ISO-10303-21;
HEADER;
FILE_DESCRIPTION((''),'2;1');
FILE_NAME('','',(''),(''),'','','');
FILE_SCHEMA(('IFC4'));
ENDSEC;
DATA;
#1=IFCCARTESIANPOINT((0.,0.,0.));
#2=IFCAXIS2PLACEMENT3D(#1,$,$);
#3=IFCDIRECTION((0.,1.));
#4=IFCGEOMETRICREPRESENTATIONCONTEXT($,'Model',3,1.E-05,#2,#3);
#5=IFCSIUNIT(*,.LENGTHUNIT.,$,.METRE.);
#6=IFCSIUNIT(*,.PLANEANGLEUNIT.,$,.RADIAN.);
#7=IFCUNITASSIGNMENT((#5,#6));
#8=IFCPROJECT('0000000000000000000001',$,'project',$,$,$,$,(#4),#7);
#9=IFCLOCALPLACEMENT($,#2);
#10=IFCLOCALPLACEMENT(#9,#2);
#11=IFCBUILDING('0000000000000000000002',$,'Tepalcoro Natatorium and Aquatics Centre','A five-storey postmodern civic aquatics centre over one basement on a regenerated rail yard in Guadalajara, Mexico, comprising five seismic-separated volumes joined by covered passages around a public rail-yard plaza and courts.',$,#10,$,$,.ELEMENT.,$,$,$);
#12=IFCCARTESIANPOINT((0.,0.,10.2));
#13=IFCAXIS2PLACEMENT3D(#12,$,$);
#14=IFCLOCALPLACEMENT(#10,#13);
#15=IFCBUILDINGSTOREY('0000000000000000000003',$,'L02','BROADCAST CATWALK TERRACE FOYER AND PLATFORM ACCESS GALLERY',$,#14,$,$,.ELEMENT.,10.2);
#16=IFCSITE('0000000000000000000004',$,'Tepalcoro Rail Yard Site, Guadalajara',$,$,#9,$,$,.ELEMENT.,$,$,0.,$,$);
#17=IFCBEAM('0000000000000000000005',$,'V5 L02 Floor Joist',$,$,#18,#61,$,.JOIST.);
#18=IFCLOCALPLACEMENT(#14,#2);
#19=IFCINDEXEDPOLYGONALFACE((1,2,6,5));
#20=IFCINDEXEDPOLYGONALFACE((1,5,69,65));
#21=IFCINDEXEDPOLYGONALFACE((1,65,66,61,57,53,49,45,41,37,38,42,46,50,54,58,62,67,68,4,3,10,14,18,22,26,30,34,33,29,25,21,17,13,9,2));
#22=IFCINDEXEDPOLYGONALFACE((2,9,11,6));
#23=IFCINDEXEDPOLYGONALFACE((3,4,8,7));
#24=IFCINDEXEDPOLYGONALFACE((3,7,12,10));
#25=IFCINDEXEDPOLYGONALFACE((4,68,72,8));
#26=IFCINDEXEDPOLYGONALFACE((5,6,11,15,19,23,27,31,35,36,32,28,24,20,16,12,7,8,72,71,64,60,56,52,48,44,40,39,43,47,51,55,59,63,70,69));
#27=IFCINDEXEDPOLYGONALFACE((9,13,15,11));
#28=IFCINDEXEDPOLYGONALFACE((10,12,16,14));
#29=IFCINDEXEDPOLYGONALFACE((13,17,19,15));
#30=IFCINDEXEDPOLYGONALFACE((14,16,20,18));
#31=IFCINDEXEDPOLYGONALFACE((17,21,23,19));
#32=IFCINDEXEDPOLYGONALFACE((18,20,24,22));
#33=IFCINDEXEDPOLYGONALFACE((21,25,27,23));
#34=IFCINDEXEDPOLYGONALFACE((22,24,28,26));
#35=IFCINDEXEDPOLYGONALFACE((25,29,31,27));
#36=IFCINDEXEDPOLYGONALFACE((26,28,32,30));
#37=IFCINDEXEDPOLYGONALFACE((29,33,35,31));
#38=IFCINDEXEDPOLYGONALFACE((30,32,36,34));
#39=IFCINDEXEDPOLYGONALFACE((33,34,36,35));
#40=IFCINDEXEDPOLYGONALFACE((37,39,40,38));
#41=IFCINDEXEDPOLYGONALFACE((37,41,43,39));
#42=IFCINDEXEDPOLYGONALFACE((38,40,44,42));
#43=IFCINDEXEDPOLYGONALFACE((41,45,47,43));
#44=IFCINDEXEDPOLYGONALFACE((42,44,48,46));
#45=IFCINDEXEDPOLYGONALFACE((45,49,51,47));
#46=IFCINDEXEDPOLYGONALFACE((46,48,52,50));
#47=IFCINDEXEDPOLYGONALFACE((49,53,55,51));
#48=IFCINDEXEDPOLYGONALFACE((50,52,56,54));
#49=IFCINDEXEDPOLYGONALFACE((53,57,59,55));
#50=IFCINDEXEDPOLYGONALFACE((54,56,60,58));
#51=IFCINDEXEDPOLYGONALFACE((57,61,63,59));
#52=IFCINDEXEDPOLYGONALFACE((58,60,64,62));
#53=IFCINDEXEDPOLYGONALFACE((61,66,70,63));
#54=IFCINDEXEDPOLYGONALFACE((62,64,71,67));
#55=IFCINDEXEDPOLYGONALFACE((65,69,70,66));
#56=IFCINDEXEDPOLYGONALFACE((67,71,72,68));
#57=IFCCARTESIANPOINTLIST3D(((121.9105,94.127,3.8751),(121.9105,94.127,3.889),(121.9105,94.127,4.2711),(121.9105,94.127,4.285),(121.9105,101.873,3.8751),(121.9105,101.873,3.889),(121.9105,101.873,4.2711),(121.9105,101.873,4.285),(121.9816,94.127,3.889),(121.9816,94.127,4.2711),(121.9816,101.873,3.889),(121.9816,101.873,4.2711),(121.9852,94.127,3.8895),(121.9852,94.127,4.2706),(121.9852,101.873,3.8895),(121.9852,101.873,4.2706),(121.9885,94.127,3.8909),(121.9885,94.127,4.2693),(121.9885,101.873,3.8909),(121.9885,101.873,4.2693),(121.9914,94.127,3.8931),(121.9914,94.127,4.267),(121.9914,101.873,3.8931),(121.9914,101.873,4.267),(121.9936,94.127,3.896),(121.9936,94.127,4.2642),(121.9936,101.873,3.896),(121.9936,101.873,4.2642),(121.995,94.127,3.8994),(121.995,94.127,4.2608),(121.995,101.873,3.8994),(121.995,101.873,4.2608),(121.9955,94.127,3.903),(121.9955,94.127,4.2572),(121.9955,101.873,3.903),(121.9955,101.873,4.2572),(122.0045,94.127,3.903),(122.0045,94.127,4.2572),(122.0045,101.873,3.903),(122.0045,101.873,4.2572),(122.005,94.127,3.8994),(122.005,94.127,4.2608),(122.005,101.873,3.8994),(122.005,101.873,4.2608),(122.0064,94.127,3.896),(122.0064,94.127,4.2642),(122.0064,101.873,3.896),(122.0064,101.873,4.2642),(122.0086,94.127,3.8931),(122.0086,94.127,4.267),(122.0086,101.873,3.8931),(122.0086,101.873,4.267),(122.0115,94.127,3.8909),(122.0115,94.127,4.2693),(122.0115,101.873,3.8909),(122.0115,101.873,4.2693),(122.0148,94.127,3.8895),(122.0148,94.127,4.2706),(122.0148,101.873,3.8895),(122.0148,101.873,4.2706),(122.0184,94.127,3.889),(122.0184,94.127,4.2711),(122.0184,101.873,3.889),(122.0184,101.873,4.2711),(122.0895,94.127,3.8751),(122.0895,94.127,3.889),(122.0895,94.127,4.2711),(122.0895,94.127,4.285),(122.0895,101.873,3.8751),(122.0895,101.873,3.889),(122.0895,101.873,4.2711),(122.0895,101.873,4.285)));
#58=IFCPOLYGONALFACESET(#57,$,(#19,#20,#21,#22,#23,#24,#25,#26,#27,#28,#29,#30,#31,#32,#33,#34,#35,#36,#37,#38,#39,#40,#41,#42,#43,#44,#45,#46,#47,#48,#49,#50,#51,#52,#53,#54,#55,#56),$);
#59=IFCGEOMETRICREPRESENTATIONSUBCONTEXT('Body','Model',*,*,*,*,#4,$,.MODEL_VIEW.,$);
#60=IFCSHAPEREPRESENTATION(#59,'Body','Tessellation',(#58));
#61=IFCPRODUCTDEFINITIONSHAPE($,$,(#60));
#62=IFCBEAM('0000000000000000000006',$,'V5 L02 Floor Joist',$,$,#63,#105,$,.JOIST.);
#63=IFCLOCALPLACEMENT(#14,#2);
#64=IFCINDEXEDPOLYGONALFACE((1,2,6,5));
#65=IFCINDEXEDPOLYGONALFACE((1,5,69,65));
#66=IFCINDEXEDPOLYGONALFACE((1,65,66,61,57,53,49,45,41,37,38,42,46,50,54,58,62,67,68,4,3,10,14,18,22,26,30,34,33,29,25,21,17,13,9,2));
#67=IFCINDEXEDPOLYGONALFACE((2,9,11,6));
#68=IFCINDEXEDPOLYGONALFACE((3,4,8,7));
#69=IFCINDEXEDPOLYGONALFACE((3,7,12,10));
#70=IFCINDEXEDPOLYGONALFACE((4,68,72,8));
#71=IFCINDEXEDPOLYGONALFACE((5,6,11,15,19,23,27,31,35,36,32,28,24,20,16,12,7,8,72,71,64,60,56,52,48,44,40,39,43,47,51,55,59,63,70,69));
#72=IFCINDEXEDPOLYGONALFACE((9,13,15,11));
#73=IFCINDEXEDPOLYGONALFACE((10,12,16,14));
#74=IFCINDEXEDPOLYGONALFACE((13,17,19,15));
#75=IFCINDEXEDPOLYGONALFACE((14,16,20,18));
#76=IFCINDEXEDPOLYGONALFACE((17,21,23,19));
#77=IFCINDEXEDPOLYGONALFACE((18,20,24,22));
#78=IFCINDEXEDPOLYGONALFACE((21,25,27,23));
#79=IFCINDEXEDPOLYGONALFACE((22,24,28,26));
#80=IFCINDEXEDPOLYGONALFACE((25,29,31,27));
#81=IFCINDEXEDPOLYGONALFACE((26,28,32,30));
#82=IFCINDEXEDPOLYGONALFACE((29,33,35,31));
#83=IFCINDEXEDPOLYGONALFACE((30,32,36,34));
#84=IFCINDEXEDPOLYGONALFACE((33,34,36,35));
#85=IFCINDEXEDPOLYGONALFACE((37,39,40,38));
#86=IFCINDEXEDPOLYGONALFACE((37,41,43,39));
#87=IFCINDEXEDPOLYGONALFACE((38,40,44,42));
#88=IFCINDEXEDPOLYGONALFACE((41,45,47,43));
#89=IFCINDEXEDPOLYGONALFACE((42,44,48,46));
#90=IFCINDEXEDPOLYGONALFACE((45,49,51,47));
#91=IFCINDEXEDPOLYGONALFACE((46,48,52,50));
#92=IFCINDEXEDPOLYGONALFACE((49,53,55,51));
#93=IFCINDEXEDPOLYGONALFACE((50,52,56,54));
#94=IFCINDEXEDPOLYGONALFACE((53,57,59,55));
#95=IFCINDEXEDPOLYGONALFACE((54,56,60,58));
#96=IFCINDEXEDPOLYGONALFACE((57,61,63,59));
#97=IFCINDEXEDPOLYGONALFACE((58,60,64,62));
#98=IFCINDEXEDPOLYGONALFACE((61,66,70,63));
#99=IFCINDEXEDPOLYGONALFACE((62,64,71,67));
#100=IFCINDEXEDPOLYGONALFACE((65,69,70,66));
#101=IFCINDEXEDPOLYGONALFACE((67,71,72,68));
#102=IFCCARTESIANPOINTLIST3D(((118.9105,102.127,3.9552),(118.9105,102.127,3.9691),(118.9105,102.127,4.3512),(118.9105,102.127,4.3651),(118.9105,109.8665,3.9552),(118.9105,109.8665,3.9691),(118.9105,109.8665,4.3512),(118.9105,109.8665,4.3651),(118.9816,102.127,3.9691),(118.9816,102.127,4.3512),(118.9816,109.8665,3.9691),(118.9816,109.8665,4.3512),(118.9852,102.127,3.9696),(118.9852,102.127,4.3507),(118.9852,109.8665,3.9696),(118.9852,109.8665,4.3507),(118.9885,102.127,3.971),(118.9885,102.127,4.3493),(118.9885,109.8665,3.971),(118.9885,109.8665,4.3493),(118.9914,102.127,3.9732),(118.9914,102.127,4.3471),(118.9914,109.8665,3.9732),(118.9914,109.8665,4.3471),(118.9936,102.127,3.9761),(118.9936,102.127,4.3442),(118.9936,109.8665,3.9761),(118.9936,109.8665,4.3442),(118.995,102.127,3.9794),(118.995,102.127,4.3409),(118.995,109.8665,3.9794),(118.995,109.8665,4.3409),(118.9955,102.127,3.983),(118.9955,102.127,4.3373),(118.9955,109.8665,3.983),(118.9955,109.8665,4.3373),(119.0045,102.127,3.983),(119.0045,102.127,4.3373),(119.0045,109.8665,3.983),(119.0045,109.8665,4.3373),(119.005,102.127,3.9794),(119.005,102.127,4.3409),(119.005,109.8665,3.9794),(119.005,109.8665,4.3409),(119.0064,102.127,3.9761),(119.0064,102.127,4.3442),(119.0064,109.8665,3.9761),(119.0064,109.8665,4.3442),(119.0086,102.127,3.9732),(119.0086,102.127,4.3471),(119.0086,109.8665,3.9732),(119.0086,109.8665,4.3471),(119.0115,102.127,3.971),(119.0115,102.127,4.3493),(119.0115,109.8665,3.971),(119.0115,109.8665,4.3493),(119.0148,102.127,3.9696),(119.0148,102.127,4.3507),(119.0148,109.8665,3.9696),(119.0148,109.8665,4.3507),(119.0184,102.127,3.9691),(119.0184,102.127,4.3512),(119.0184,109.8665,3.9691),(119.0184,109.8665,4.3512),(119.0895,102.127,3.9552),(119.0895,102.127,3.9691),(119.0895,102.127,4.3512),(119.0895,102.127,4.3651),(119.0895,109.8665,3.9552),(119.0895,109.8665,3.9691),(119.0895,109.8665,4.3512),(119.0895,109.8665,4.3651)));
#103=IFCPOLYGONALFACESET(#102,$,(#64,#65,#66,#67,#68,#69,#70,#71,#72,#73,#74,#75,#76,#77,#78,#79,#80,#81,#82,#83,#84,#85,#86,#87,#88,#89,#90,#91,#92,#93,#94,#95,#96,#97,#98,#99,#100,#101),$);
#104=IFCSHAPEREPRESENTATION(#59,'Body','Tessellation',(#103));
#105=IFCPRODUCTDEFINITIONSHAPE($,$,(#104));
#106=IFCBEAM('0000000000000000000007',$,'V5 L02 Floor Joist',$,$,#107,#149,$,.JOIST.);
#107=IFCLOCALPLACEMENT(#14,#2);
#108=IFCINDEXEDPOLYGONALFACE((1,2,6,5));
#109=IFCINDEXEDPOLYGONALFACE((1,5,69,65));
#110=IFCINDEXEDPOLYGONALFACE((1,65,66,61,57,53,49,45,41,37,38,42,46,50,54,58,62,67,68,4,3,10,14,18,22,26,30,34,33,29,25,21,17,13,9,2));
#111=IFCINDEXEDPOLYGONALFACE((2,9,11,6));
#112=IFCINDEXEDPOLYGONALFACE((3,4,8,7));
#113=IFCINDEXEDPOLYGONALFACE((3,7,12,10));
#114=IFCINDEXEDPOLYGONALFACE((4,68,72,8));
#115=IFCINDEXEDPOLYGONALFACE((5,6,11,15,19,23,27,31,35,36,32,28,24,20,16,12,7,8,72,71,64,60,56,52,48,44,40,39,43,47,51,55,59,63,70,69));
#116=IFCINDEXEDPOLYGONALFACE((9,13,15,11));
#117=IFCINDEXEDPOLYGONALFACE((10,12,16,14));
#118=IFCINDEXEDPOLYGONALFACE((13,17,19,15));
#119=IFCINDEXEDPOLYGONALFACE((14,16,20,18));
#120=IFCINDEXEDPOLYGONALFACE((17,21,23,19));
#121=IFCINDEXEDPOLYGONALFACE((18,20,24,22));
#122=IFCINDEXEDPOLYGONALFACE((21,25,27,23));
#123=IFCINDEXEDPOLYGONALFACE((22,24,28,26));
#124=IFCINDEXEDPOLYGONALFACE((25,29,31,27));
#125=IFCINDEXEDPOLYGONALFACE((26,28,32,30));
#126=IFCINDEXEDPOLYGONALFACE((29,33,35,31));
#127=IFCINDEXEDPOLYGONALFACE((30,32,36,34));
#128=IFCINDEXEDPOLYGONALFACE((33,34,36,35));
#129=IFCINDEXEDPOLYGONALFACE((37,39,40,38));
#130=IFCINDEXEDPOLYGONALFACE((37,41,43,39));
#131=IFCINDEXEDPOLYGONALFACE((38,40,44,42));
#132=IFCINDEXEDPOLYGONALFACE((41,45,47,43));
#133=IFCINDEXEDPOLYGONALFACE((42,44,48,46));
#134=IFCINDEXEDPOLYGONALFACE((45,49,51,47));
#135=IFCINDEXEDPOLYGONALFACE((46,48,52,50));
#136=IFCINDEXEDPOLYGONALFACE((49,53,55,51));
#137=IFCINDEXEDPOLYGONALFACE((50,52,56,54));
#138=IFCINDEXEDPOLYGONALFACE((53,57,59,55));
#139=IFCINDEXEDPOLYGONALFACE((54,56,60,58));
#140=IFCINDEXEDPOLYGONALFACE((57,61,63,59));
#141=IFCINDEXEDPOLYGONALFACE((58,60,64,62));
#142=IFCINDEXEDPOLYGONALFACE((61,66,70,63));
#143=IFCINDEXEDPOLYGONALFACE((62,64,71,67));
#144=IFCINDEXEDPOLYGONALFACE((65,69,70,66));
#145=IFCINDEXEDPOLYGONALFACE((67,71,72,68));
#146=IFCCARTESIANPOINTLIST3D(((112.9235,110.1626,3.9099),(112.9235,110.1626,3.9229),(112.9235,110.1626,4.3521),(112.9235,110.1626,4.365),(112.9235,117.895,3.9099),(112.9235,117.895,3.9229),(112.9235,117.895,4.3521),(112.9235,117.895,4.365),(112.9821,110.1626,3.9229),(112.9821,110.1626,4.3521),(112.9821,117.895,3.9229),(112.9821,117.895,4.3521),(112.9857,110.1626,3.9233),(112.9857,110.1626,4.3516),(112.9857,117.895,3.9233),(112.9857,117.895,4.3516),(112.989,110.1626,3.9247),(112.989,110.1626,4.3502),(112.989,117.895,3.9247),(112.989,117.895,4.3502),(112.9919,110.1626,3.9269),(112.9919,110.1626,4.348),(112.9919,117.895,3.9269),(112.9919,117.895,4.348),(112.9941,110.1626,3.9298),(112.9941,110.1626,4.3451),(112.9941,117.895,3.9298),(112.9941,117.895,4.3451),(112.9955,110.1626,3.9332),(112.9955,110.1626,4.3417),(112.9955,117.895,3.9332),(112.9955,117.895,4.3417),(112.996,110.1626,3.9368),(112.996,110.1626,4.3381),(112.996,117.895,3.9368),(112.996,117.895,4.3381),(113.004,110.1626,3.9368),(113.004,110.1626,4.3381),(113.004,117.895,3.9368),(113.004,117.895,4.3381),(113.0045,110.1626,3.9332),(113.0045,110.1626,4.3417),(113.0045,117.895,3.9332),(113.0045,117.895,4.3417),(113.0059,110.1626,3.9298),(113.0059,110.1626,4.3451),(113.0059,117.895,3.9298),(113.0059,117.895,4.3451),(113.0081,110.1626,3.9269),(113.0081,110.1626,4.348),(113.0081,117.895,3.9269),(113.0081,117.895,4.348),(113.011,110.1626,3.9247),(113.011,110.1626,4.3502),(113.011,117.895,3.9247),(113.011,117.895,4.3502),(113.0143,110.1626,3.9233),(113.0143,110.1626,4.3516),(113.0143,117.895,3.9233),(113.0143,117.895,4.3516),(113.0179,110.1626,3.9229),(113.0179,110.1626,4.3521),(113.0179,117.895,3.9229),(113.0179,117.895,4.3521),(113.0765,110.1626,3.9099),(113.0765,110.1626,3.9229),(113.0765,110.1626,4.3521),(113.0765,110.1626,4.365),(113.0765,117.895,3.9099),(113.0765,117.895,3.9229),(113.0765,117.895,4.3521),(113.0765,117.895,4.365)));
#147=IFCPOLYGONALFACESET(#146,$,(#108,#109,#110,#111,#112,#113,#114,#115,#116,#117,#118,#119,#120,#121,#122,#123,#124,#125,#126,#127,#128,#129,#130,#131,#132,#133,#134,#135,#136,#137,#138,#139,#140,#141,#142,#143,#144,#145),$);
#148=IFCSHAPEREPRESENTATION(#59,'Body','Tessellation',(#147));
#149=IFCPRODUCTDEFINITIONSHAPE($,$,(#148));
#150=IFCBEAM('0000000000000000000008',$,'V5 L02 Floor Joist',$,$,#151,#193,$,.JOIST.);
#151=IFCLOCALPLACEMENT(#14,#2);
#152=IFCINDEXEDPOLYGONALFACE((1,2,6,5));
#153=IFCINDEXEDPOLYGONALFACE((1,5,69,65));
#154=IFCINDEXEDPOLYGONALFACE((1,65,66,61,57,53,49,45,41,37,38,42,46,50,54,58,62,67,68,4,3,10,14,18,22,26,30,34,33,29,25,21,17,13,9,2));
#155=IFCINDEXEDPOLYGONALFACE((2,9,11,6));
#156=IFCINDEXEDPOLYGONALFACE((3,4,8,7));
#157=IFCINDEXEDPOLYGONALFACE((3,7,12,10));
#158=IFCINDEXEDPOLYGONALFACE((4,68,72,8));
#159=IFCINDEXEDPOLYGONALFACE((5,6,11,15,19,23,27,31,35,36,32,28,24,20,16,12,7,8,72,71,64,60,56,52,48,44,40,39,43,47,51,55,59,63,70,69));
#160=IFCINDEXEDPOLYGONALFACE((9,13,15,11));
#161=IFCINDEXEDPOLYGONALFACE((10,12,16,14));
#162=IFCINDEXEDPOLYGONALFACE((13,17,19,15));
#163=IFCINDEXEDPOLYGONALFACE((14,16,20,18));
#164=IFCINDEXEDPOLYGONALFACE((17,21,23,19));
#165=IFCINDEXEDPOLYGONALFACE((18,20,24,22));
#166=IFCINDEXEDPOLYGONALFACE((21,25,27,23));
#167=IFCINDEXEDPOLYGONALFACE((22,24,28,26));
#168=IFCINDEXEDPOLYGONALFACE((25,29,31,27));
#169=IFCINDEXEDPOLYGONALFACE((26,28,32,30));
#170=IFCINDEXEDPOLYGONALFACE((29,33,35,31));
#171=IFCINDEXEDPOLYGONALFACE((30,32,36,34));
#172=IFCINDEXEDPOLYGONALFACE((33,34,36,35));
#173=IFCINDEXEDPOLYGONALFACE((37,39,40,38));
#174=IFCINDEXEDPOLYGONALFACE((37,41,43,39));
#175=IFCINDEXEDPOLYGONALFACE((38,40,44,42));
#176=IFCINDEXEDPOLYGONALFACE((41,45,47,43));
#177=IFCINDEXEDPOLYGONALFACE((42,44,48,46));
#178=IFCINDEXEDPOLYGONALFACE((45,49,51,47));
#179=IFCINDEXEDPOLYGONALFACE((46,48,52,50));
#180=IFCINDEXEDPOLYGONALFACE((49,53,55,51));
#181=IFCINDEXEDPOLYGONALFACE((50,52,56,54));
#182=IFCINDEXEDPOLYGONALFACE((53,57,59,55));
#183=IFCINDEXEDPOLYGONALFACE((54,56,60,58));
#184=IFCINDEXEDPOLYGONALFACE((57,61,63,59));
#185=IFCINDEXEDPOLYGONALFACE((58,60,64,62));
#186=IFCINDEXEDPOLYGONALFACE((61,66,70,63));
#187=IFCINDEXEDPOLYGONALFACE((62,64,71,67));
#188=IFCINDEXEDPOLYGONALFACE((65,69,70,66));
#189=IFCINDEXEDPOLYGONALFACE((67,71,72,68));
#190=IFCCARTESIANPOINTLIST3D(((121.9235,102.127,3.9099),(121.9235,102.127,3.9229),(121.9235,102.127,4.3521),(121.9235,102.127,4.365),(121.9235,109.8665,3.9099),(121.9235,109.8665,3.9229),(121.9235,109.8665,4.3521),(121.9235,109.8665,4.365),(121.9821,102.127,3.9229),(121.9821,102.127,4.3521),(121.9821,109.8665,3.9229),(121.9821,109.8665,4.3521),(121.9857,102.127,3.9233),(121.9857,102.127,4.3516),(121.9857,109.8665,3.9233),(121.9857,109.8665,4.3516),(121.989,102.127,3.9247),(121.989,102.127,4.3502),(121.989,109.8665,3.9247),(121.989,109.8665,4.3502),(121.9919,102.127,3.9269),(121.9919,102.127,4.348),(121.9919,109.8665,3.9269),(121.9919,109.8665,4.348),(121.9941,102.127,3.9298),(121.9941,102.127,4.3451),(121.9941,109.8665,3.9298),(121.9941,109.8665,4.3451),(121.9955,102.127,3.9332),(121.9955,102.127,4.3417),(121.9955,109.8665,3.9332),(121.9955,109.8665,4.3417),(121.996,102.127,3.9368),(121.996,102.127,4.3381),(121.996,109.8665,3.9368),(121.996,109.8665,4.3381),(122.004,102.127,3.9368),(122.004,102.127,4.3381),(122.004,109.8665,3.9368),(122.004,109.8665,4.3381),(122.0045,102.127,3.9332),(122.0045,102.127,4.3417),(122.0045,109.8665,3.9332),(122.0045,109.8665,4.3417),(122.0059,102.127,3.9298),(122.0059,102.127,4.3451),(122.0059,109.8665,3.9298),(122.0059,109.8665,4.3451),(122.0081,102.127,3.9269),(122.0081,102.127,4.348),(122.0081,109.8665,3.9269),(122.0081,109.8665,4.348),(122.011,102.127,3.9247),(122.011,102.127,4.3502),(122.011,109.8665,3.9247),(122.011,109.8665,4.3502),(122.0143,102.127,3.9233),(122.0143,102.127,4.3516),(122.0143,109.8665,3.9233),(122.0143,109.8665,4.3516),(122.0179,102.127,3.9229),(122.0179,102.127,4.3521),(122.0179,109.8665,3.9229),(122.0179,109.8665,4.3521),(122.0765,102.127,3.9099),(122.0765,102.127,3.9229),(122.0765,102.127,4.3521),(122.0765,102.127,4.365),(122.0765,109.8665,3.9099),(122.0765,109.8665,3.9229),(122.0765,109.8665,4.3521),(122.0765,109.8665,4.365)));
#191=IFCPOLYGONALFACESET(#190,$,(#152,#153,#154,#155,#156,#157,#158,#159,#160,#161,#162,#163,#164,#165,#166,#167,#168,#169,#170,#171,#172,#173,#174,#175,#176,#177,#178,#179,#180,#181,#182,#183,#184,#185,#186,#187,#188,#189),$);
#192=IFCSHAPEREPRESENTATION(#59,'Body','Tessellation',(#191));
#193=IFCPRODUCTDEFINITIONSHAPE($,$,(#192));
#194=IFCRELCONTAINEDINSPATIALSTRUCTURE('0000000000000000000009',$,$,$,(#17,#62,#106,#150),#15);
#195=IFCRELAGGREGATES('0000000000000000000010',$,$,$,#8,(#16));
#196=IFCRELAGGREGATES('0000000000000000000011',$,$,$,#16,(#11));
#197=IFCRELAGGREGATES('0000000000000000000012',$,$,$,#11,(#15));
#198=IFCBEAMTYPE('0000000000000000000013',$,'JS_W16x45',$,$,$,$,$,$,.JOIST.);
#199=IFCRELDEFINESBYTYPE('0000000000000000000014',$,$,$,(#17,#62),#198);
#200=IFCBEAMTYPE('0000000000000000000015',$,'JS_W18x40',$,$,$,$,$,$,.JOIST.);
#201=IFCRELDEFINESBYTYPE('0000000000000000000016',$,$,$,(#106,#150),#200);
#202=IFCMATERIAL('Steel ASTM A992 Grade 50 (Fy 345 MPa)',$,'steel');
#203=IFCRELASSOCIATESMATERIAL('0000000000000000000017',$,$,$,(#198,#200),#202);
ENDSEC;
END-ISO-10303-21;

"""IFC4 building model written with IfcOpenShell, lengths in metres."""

from ifc_helpers import new_model, si_unit, direction, frame, origin, origin_2d, place, context, subcontext, project, spatial, i_section, extrude, material, material_profile, profile_set, type_object, element, save


model = new_model("IFC4")

# Units and contexts
model_context = context("Model", 3, precision=1e-05, world=origin(), true_north=direction((0.0, 1.0)))
body_context = subcontext(model_context, "Body", "Model", "MODEL_VIEW")
ifc_project = project(units=[si_unit("LENGTHUNIT", "METRE"), si_unit("PLANEANGLEUNIT", "RADIAN")], contexts=[model_context])

# Site, building, storey
site_placement = place(None, origin())
site = spatial("IfcSite", under=ifc_project, at=site_placement, Name="Tepalcoro Rail Yard Site, Guadalajara", CompositionType="ELEMENT", RefElevation=0.0)
building_placement = place(site_placement, origin())
building = spatial("IfcBuilding", under=site, at=building_placement, Name="Tepalcoro Natatorium and Aquatics Centre", Description="A five-storey postmodern civic aquatics centre over one basement on a regenerated rail yard in Guadalajara, Mexico, comprising five seismic-separated volumes joined by covered passages around a public rail-yard plaza and courts.", CompositionType="ELEMENT")
storey_placement = place(building_placement, frame((0.0, 0.0, 10.2)))
storey = spatial("IfcBuildingStorey", under=building, at=storey_placement, Name="L02", Description="BROADCAST CATWALK TERRACE FOYER AND PLATFORM ACCESS GALLERY", CompositionType="ELEMENT", Elevation=10.2)

# Beams
ifc_material_1 = material(Name="Steel ASTM A992 Grade 50 (Fy 345 MPa)", Category="steel")
ifc_material_profile_1 = material_profile(ifc_material_1, i_section(OverallWidth=0.179, OverallDepth=0.4099, WebThickness=0.009, FlangeThickness=0.0139, FilletRadius=0.0139, at=origin_2d()), Name="W16X45")
ifc_profile_set_1 = profile_set([ifc_material_profile_1], Name="Steel ASTM A992 Grade 50 (Fy 345 MPa)")
beam_type_1 = type_object("IfcBeamType", Name="JS_W16x45", PredefinedType="JOIST", material=ifc_profile_set_1)
beam_1_placement = place(storey_placement, frame((122.0, 94.127, 4.0801), z_axis=(0.0, 1.0, 0.0), x_axis=(-1.0, 0.0, 0.0)))
element("IfcBeam", 1, at=beam_1_placement, inside=storey, type_object=beam_type_1, Name="V5 L02 Floor Joist", PredefinedType="JOIST", context=body_context, shape_type="SweptSolid", body=[
    extrude(i_section(OverallWidth=0.179, OverallDepth=0.4099, WebThickness=0.009, FlangeThickness=0.0139, FilletRadius=0.0139, at=origin_2d()), origin(), (0.0, 0.0, 1.0), 7.7461),
])
beam_2_placement = place(storey_placement, frame((119.0, 102.127, 4.1602), z_axis=(0.0, 1.0, 0.0), x_axis=(-1.0, 0.0, 0.0)))
element("IfcBeam", 2, at=beam_2_placement, inside=storey, type_object=beam_type_1, Name="V5 L02 Floor Joist", PredefinedType="JOIST", context=body_context, shape_type="SweptSolid", body=[
    extrude(i_section(OverallWidth=0.179, OverallDepth=0.4099, WebThickness=0.009, FlangeThickness=0.0139, FilletRadius=0.0139, at=origin_2d()), origin(), (0.0, 0.0, 1.0), 7.7395),
])
ifc_material_profile_2 = material_profile(ifc_material_1, i_section(OverallWidth=0.1531, OverallDepth=0.4551, WebThickness=0.0081, FlangeThickness=0.0129, FilletRadius=0.0139, at=origin_2d()), Name="W18X40")
ifc_profile_set_2 = profile_set([ifc_material_profile_2], Name="Steel ASTM A992 Grade 50 (Fy 345 MPa)")
beam_type_2 = type_object("IfcBeamType", Name="JS_W18x40", PredefinedType="JOIST", material=ifc_profile_set_2)
beam_3_placement = place(storey_placement, frame((113.0, 110.1626, 4.1375), z_axis=(0.0, 1.0, 0.0), x_axis=(-1.0, 0.0, 0.0)))
element("IfcBeam", 3, at=beam_3_placement, inside=storey, type_object=beam_type_2, Name="V5 L02 Floor Joist", PredefinedType="JOIST", context=body_context, shape_type="SweptSolid", body=[
    extrude(i_section(OverallWidth=0.1531, OverallDepth=0.4551, WebThickness=0.0081, FlangeThickness=0.0129, FilletRadius=0.0139, at=origin_2d()), origin(), (0.0, 0.0, 1.0), 7.7324),
])
beam_4_placement = place(storey_placement, frame((122.0, 102.127, 4.1375), z_axis=(0.0, 1.0, 0.0), x_axis=(-1.0, 0.0, 0.0)))
element("IfcBeam", 4, at=beam_4_placement, inside=storey, type_object=beam_type_2, Name="V5 L02 Floor Joist", PredefinedType="JOIST", context=body_context, shape_type="SweptSolid", body=[
    extrude(i_section(OverallWidth=0.1531, OverallDepth=0.4551, WebThickness=0.0081, FlangeThickness=0.0129, FilletRadius=0.0139, at=origin_2d()), origin(), (0.0, 0.0, 1.0), 7.7395),
])

save(model, "model.ifc")
